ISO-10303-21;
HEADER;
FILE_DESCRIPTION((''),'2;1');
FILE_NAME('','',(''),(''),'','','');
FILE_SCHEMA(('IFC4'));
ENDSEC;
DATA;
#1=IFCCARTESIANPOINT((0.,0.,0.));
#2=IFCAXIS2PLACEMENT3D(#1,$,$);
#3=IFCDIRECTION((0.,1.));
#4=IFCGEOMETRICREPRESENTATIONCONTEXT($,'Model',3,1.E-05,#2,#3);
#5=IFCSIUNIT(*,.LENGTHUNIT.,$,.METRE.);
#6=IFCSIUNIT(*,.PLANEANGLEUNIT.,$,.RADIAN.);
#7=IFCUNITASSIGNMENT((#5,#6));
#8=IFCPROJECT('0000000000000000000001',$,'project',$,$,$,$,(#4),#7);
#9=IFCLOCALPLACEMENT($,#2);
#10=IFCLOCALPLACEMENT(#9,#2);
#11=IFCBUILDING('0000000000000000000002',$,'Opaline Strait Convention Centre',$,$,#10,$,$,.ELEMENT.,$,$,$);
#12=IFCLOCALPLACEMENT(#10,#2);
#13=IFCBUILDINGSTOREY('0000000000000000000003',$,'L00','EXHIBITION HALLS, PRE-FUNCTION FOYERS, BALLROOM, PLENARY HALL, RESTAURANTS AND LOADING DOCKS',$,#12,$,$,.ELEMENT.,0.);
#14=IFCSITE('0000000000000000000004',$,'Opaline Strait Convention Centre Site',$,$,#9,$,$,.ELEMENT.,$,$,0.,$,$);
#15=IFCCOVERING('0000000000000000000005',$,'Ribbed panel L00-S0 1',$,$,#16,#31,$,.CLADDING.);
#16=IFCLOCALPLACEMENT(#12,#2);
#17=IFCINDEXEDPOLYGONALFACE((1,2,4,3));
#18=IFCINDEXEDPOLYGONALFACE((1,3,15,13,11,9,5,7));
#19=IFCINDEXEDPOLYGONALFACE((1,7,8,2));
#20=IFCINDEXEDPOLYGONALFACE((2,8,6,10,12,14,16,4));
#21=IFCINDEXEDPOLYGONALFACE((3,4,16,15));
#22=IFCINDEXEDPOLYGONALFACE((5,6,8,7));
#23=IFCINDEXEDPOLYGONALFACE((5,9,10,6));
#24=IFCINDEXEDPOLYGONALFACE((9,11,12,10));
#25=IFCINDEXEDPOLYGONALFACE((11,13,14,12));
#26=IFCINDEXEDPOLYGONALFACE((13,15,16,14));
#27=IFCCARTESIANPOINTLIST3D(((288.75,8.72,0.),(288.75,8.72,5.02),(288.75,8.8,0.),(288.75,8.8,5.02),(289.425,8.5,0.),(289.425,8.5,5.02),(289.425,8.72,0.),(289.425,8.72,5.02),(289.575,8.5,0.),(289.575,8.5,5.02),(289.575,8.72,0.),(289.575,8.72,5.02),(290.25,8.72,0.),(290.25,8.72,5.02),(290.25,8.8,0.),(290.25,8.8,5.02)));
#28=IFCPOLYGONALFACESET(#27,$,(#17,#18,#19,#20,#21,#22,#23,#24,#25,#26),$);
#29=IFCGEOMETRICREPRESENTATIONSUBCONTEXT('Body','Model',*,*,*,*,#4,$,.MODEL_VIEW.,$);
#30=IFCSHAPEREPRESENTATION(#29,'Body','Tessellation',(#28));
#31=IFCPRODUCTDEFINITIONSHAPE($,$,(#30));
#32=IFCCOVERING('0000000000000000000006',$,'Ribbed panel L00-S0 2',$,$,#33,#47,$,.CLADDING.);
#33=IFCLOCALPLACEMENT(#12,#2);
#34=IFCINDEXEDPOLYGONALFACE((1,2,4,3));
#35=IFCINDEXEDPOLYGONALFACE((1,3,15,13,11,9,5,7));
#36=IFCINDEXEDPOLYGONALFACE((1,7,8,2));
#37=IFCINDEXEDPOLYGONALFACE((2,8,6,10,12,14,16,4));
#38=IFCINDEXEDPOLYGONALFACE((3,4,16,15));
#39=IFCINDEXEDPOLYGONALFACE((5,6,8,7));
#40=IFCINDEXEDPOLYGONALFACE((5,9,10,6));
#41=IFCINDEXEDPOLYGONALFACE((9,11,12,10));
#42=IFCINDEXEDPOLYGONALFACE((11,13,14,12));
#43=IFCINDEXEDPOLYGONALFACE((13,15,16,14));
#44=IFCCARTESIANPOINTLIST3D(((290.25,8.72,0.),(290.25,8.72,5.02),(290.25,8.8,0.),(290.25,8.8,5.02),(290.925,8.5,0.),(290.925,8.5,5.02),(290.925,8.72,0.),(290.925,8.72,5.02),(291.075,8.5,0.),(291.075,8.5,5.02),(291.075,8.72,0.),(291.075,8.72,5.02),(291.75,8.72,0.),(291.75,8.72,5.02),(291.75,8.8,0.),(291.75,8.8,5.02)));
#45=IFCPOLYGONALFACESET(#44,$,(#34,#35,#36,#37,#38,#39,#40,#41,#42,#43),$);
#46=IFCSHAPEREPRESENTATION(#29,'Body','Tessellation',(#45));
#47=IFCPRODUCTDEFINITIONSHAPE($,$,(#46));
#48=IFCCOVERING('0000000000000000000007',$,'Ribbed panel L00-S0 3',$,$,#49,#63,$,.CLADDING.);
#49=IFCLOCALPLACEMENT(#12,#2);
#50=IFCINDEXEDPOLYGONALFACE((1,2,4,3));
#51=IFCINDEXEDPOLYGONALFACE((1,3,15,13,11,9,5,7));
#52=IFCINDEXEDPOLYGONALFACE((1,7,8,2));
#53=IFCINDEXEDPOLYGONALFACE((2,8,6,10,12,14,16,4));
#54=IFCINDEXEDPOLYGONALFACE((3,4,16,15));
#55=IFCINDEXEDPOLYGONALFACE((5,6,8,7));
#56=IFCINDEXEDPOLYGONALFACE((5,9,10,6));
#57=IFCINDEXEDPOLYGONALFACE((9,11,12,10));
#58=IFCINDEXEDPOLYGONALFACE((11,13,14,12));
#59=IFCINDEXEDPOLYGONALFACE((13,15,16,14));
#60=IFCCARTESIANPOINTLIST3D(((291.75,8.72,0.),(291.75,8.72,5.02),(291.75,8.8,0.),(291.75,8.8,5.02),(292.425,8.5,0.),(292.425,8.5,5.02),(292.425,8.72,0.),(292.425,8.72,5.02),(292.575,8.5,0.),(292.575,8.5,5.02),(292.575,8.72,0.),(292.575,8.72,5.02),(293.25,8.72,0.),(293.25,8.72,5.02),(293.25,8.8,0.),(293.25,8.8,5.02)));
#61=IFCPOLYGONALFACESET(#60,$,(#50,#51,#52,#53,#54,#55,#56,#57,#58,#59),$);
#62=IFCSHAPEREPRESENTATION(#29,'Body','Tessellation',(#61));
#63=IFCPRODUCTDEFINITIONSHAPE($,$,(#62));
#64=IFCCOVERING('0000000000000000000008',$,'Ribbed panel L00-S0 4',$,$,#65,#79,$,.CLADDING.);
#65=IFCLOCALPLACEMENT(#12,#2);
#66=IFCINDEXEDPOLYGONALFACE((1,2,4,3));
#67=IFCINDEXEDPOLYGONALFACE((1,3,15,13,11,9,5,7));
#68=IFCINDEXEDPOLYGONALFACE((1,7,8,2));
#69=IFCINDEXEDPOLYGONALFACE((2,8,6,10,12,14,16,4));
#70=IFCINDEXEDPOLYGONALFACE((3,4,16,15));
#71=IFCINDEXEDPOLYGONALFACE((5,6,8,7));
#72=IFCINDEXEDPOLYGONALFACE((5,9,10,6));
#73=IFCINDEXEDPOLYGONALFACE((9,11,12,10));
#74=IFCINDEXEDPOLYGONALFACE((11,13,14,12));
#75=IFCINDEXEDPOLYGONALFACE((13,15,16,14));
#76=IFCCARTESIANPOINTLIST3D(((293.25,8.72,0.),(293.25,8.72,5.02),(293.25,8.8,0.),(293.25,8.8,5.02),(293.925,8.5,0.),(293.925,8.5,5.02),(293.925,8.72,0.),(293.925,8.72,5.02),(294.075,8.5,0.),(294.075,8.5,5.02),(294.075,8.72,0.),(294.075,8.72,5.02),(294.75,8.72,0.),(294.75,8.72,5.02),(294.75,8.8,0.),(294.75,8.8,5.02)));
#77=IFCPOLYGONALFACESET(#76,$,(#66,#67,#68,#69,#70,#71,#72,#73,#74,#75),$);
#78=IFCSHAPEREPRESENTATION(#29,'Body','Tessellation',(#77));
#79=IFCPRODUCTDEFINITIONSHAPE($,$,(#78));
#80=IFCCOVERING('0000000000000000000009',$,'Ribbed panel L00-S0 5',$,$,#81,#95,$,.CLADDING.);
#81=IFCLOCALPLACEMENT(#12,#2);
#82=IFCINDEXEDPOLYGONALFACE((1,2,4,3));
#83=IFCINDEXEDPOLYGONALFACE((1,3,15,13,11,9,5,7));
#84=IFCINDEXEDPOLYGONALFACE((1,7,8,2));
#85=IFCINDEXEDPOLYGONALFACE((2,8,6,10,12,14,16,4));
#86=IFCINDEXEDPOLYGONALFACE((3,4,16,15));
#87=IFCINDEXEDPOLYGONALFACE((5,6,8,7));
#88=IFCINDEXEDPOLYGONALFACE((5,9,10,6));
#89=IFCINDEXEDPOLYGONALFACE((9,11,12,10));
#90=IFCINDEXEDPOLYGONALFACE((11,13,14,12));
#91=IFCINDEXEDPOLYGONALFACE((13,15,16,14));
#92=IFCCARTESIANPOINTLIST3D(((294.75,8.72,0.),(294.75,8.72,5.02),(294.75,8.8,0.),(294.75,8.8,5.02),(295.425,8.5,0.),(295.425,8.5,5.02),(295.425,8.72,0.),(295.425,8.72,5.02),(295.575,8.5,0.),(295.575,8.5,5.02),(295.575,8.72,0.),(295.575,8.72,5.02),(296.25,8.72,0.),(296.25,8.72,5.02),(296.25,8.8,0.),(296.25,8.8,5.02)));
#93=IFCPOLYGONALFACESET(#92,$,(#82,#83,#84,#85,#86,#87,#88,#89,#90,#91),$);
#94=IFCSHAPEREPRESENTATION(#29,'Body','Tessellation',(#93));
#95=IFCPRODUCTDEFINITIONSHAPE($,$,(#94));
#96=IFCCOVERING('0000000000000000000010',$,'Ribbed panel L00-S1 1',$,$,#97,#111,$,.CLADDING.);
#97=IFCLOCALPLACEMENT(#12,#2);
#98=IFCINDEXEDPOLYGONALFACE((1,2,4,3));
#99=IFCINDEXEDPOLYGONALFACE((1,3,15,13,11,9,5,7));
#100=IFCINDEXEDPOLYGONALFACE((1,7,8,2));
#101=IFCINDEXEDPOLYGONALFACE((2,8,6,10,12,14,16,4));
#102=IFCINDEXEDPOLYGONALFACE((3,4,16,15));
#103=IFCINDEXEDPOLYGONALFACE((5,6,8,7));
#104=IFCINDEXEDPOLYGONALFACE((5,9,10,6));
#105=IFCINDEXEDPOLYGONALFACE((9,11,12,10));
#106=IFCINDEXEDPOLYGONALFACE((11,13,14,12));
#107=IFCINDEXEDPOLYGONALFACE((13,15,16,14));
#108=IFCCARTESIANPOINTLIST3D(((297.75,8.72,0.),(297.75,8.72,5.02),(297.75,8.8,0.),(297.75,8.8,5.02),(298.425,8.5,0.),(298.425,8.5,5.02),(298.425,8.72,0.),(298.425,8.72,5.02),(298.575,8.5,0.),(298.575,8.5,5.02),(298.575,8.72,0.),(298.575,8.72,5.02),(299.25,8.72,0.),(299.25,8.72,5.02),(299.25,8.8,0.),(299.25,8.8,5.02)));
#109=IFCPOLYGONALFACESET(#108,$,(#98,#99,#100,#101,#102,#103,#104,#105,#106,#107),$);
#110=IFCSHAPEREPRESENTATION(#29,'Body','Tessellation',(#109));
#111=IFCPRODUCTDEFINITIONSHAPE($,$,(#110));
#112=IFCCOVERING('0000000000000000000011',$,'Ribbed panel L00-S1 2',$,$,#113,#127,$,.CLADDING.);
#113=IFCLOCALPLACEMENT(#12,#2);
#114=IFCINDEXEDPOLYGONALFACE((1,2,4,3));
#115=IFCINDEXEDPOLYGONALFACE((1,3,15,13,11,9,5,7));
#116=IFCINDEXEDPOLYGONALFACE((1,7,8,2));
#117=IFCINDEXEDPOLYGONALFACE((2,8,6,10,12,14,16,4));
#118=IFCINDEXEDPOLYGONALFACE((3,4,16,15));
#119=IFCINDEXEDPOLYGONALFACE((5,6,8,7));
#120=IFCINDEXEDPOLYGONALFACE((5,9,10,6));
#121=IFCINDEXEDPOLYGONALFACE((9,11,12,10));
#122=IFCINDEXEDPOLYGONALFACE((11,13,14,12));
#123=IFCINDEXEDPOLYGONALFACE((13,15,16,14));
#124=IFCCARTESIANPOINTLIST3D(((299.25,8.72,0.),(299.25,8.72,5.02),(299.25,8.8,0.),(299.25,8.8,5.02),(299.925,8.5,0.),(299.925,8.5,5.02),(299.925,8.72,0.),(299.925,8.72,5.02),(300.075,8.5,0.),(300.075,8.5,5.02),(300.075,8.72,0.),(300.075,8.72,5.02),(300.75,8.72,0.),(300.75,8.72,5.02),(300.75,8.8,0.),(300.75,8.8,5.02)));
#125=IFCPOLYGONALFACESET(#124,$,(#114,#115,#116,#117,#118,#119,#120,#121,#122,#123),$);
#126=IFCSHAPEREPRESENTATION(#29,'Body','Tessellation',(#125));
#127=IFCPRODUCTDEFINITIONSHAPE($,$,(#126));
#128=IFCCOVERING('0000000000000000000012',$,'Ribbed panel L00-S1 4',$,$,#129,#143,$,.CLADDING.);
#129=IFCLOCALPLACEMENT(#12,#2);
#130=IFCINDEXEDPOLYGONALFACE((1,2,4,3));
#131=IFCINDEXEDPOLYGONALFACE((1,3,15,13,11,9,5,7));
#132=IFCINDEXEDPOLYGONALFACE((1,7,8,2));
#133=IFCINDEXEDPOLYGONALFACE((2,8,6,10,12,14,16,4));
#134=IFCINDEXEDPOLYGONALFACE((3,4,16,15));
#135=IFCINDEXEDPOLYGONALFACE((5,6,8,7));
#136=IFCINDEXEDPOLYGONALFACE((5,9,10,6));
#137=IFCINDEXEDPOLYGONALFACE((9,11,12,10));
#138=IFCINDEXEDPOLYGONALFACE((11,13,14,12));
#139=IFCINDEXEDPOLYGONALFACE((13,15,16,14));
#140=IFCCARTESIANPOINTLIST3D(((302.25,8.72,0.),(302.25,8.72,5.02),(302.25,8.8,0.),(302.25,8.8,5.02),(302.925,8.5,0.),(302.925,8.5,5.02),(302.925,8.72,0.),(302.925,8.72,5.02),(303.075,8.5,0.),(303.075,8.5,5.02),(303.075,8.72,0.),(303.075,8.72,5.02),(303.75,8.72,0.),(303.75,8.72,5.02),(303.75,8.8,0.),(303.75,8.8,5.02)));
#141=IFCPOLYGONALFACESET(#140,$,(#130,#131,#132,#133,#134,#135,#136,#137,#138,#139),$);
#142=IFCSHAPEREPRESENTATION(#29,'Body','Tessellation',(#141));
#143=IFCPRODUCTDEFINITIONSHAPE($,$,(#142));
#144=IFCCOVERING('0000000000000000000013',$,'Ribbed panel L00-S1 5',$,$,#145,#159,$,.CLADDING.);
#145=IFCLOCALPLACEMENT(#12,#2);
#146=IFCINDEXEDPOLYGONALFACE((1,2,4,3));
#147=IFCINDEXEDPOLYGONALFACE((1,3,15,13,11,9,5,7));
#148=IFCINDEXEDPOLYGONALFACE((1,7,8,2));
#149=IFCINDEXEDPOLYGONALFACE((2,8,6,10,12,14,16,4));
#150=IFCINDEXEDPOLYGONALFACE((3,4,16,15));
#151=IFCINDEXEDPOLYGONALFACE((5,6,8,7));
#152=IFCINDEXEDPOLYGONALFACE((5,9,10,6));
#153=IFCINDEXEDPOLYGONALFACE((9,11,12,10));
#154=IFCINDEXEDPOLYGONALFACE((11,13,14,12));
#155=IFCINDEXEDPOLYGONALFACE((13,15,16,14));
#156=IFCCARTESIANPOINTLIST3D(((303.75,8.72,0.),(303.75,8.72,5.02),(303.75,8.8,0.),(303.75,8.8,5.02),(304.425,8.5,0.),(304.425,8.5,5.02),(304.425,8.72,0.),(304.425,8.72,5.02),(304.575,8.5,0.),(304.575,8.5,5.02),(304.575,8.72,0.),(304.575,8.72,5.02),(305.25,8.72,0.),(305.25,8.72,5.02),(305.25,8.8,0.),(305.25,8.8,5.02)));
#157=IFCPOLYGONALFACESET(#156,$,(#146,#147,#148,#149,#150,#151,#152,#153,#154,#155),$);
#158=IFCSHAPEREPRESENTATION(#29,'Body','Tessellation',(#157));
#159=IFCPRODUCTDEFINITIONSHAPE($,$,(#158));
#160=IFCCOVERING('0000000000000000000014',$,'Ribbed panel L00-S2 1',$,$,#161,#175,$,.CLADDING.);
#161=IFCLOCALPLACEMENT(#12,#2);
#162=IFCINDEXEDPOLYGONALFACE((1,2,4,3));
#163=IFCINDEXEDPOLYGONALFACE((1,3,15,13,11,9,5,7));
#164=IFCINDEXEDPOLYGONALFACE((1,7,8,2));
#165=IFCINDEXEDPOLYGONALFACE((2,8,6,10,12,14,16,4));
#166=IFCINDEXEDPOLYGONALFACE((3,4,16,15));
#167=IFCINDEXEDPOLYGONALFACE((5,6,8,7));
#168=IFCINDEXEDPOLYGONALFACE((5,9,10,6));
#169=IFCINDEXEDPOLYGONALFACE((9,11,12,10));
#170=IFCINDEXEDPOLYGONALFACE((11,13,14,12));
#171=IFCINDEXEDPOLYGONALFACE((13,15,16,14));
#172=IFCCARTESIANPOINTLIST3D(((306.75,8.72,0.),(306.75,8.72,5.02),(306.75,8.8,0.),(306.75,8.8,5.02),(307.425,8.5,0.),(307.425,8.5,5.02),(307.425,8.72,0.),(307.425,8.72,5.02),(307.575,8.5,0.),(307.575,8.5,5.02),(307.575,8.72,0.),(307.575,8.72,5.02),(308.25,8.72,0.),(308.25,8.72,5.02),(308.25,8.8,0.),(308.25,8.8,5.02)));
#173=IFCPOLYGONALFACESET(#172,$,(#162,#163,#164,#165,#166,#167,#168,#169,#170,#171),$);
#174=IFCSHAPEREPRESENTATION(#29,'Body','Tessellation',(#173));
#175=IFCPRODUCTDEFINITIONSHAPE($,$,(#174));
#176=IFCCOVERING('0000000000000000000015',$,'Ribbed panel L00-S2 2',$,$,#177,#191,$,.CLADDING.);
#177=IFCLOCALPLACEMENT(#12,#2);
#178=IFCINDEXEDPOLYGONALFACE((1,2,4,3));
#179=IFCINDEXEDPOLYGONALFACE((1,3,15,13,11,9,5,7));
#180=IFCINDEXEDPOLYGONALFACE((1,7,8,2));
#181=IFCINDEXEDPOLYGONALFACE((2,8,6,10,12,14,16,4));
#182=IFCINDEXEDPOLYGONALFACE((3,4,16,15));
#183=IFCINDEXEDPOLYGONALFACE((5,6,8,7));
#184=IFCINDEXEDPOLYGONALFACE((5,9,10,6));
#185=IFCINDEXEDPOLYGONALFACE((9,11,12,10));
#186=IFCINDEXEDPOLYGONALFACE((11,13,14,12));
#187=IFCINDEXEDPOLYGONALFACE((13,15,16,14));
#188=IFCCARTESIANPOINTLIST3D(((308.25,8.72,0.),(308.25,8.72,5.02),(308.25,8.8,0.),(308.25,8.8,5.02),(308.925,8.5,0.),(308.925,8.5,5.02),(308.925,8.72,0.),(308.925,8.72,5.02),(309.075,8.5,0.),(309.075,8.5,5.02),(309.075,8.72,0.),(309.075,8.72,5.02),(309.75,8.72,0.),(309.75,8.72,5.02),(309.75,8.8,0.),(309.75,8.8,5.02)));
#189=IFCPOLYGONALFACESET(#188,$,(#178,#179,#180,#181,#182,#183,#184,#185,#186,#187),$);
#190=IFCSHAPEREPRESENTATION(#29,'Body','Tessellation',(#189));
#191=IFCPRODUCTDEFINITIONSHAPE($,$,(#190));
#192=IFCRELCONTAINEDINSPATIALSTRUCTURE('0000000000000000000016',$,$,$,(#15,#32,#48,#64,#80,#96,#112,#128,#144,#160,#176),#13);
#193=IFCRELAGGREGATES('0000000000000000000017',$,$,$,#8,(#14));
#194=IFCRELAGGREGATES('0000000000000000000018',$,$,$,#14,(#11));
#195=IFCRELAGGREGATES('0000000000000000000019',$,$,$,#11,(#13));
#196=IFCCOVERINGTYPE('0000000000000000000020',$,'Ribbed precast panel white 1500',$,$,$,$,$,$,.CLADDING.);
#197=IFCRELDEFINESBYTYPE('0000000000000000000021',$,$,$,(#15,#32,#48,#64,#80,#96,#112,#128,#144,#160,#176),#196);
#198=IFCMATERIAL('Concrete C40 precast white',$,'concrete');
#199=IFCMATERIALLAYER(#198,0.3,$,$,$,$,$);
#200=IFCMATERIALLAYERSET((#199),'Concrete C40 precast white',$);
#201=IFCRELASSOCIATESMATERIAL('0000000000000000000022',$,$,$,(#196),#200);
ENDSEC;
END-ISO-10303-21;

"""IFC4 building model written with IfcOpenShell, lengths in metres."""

from ifc_helpers import new_model, si_unit, direction, origin, place, context, subcontext, project, spatial, polyline, outline, extrude, material, layer, layer_set, type_object, element, save


model = new_model("IFC4")

# Units and contexts
model_context = context("Model", 3, precision=1e-05, world=origin(), true_north=direction((0.0, 1.0)))
body_context = subcontext(model_context, "Body", "Model", "MODEL_VIEW")
ifc_project = project(units=[si_unit("LENGTHUNIT", "METRE"), si_unit("PLANEANGLEUNIT", "RADIAN")], contexts=[model_context])

# Site, building, storey
site_placement = place(None, origin())
site = spatial("IfcSite", under=ifc_project, at=site_placement, Name="Opaline Strait Convention Centre Site", CompositionType="ELEMENT", RefElevation=0.0)
building_placement = place(site_placement, origin())
building = spatial("IfcBuilding", under=site, at=building_placement, Name="Opaline Strait Convention Centre", CompositionType="ELEMENT")
storey_placement = place(building_placement, origin())
storey = spatial("IfcBuildingStorey", under=building, at=storey_placement, Name="L00", Description="EXHIBITION HALLS, PRE-FUNCTION FOYERS, BALLROOM, PLENARY HALL, RESTAURANTS AND LOADING DOCKS", CompositionType="ELEMENT", Elevation=0.0)

# Coverings
ifc_material = material(Name="Concrete C40 precast white", Category="concrete")
ifc_layer = layer(ifc_material, 0.3)
ifc_layer_set = layer_set([ifc_layer], Name="Concrete C40 precast white")
covering_type = type_object("IfcCoveringType", Name="Ribbed precast panel white 1500", PredefinedType="CLADDING", material=ifc_layer_set)
covering_1_placement = place(storey_placement, origin())
element("IfcCovering", 1, at=covering_1_placement, inside=storey, type_object=covering_type, Name="Ribbed panel L00-S0 1", PredefinedType="CLADDING", context=body_context, shape_type="SweptSolid", body=[
    extrude(outline(polyline([(288.75, 8.8), (290.25, 8.8), (290.25, 8.72), (289.575, 8.72), (289.575, 8.5), (289.425, 8.5), (289.425, 8.72), (288.75, 8.72), (288.75, 8.8)])), origin(), (0.0, 0.0, 1.0), 5.02),
])
covering_2_placement = place(storey_placement, origin())
element("IfcCovering", 2, at=covering_2_placement, inside=storey, type_object=covering_type, Name="Ribbed panel L00-S0 2", PredefinedType="CLADDING", context=body_context, shape_type="SweptSolid", body=[
    extrude(outline(polyline([(290.25, 8.8), (291.75, 8.8), (291.75, 8.72), (291.075, 8.72), (291.075, 8.5), (290.925, 8.5), (290.925, 8.72), (290.25, 8.72), (290.25, 8.8)])), origin(), (0.0, 0.0, 1.0), 5.02),
])
covering_3_placement = place(storey_placement, origin())
element("IfcCovering", 3, at=covering_3_placement, inside=storey, type_object=covering_type, Name="Ribbed panel L00-S0 3", PredefinedType="CLADDING", context=body_context, shape_type="SweptSolid", body=[
    extrude(outline(polyline([(291.75, 8.8), (293.25, 8.8), (293.25, 8.72), (292.575, 8.72), (292.575, 8.5), (292.425, 8.5), (292.425, 8.72), (291.75, 8.72), (291.75, 8.8)])), origin(), (0.0, 0.0, 1.0), 5.02),
])
covering_4_placement = place(storey_placement, origin())
element("IfcCovering", 4, at=covering_4_placement, inside=storey, type_object=covering_type, Name="Ribbed panel L00-S0 4", PredefinedType="CLADDING", context=body_context, shape_type="SweptSolid", body=[
    extrude(outline(polyline([(293.25, 8.8), (294.75, 8.8), (294.75, 8.72), (294.075, 8.72), (294.075, 8.5), (293.925, 8.5), (293.925, 8.72), (293.25, 8.72), (293.25, 8.8)])), origin(), (0.0, 0.0, 1.0), 5.02),
])
covering_5_placement = place(storey_placement, origin())
element("IfcCovering", 5, at=covering_5_placement, inside=storey, type_object=covering_type, Name="Ribbed panel L00-S0 5", PredefinedType="CLADDING", context=body_context, shape_type="SweptSolid", body=[
    extrude(outline(polyline([(294.75, 8.8), (296.25, 8.8), (296.25, 8.72), (295.575, 8.72), (295.575, 8.5), (295.425, 8.5), (295.425, 8.72), (294.75, 8.72), (294.75, 8.8)])), origin(), (0.0, 0.0, 1.0), 5.02),
])
covering_6_placement = place(storey_placement, origin())
element("IfcCovering", 6, at=covering_6_placement, inside=storey, type_object=covering_type, Name="Ribbed panel L00-S1 1", PredefinedType="CLADDING", context=body_context, shape_type="SweptSolid", body=[
    extrude(outline(polyline([(297.75, 8.8), (299.25, 8.8), (299.25, 8.72), (298.575, 8.72), (298.575, 8.5), (298.425, 8.5), (298.425, 8.72), (297.75, 8.72), (297.75, 8.8)])), origin(), (0.0, 0.0, 1.0), 5.02),
])
covering_7_placement = place(storey_placement, origin())
element("IfcCovering", 7, at=covering_7_placement, inside=storey, type_object=covering_type, Name="Ribbed panel L00-S1 2", PredefinedType="CLADDING", context=body_context, shape_type="SweptSolid", body=[
    extrude(outline(polyline([(299.25, 8.8), (300.75, 8.8), (300.75, 8.72), (300.075, 8.72), (300.075, 8.5), (299.925, 8.5), (299.925, 8.72), (299.25, 8.72), (299.25, 8.8)])), origin(), (0.0, 0.0, 1.0), 5.02),
])
covering_8_placement = place(storey_placement, origin())
element("IfcCovering", 8, at=covering_8_placement, inside=storey, type_object=covering_type, Name="Ribbed panel L00-S1 4", PredefinedType="CLADDING", context=body_context, shape_type="SweptSolid", body=[
    extrude(outline(polyline([(302.25, 8.8), (303.75, 8.8), (303.75, 8.72), (303.075, 8.72), (303.075, 8.5), (302.925, 8.5), (302.925, 8.72), (302.25, 8.72), (302.25, 8.8)])), origin(), (0.0, 0.0, 1.0), 5.02),
])
covering_9_placement = place(storey_placement, origin())
element("IfcCovering", 9, at=covering_9_placement, inside=storey, type_object=covering_type, Name="Ribbed panel L00-S1 5", PredefinedType="CLADDING", context=body_context, shape_type="SweptSolid", body=[
    extrude(outline(polyline([(303.75, 8.8), (305.25, 8.8), (305.25, 8.72), (304.575, 8.72), (304.575, 8.5), (304.425, 8.5), (304.425, 8.72), (303.75, 8.72), (303.75, 8.8)])), origin(), (0.0, 0.0, 1.0), 5.02),
])
covering_10_placement = place(storey_placement, origin())
element("IfcCovering", 10, at=covering_10_placement, inside=storey, type_object=covering_type, Name="Ribbed panel L00-S2 1", PredefinedType="CLADDING", context=body_context, shape_type="SweptSolid", body=[
    extrude(outline(polyline([(306.75, 8.8), (308.25, 8.8), (308.25, 8.72), (307.575, 8.72), (307.575, 8.5), (307.425, 8.5), (307.425, 8.72), (306.75, 8.72), (306.75, 8.8)])), origin(), (0.0, 0.0, 1.0), 5.02),
])
covering_11_placement = place(storey_placement, origin())
element("IfcCovering", 11, at=covering_11_placement, inside=storey, type_object=covering_type, Name="Ribbed panel L00-S2 2", PredefinedType="CLADDING", context=body_context, shape_type="SweptSolid", body=[
    extrude(outline(polyline([(308.25, 8.8), (309.75, 8.8), (309.75, 8.72), (309.075, 8.72), (309.075, 8.5), (308.925, 8.5), (308.925, 8.72), (308.25, 8.72), (308.25, 8.8)])), origin(), (0.0, 0.0, 1.0), 5.02),
])

save(model, "model.ifc")
